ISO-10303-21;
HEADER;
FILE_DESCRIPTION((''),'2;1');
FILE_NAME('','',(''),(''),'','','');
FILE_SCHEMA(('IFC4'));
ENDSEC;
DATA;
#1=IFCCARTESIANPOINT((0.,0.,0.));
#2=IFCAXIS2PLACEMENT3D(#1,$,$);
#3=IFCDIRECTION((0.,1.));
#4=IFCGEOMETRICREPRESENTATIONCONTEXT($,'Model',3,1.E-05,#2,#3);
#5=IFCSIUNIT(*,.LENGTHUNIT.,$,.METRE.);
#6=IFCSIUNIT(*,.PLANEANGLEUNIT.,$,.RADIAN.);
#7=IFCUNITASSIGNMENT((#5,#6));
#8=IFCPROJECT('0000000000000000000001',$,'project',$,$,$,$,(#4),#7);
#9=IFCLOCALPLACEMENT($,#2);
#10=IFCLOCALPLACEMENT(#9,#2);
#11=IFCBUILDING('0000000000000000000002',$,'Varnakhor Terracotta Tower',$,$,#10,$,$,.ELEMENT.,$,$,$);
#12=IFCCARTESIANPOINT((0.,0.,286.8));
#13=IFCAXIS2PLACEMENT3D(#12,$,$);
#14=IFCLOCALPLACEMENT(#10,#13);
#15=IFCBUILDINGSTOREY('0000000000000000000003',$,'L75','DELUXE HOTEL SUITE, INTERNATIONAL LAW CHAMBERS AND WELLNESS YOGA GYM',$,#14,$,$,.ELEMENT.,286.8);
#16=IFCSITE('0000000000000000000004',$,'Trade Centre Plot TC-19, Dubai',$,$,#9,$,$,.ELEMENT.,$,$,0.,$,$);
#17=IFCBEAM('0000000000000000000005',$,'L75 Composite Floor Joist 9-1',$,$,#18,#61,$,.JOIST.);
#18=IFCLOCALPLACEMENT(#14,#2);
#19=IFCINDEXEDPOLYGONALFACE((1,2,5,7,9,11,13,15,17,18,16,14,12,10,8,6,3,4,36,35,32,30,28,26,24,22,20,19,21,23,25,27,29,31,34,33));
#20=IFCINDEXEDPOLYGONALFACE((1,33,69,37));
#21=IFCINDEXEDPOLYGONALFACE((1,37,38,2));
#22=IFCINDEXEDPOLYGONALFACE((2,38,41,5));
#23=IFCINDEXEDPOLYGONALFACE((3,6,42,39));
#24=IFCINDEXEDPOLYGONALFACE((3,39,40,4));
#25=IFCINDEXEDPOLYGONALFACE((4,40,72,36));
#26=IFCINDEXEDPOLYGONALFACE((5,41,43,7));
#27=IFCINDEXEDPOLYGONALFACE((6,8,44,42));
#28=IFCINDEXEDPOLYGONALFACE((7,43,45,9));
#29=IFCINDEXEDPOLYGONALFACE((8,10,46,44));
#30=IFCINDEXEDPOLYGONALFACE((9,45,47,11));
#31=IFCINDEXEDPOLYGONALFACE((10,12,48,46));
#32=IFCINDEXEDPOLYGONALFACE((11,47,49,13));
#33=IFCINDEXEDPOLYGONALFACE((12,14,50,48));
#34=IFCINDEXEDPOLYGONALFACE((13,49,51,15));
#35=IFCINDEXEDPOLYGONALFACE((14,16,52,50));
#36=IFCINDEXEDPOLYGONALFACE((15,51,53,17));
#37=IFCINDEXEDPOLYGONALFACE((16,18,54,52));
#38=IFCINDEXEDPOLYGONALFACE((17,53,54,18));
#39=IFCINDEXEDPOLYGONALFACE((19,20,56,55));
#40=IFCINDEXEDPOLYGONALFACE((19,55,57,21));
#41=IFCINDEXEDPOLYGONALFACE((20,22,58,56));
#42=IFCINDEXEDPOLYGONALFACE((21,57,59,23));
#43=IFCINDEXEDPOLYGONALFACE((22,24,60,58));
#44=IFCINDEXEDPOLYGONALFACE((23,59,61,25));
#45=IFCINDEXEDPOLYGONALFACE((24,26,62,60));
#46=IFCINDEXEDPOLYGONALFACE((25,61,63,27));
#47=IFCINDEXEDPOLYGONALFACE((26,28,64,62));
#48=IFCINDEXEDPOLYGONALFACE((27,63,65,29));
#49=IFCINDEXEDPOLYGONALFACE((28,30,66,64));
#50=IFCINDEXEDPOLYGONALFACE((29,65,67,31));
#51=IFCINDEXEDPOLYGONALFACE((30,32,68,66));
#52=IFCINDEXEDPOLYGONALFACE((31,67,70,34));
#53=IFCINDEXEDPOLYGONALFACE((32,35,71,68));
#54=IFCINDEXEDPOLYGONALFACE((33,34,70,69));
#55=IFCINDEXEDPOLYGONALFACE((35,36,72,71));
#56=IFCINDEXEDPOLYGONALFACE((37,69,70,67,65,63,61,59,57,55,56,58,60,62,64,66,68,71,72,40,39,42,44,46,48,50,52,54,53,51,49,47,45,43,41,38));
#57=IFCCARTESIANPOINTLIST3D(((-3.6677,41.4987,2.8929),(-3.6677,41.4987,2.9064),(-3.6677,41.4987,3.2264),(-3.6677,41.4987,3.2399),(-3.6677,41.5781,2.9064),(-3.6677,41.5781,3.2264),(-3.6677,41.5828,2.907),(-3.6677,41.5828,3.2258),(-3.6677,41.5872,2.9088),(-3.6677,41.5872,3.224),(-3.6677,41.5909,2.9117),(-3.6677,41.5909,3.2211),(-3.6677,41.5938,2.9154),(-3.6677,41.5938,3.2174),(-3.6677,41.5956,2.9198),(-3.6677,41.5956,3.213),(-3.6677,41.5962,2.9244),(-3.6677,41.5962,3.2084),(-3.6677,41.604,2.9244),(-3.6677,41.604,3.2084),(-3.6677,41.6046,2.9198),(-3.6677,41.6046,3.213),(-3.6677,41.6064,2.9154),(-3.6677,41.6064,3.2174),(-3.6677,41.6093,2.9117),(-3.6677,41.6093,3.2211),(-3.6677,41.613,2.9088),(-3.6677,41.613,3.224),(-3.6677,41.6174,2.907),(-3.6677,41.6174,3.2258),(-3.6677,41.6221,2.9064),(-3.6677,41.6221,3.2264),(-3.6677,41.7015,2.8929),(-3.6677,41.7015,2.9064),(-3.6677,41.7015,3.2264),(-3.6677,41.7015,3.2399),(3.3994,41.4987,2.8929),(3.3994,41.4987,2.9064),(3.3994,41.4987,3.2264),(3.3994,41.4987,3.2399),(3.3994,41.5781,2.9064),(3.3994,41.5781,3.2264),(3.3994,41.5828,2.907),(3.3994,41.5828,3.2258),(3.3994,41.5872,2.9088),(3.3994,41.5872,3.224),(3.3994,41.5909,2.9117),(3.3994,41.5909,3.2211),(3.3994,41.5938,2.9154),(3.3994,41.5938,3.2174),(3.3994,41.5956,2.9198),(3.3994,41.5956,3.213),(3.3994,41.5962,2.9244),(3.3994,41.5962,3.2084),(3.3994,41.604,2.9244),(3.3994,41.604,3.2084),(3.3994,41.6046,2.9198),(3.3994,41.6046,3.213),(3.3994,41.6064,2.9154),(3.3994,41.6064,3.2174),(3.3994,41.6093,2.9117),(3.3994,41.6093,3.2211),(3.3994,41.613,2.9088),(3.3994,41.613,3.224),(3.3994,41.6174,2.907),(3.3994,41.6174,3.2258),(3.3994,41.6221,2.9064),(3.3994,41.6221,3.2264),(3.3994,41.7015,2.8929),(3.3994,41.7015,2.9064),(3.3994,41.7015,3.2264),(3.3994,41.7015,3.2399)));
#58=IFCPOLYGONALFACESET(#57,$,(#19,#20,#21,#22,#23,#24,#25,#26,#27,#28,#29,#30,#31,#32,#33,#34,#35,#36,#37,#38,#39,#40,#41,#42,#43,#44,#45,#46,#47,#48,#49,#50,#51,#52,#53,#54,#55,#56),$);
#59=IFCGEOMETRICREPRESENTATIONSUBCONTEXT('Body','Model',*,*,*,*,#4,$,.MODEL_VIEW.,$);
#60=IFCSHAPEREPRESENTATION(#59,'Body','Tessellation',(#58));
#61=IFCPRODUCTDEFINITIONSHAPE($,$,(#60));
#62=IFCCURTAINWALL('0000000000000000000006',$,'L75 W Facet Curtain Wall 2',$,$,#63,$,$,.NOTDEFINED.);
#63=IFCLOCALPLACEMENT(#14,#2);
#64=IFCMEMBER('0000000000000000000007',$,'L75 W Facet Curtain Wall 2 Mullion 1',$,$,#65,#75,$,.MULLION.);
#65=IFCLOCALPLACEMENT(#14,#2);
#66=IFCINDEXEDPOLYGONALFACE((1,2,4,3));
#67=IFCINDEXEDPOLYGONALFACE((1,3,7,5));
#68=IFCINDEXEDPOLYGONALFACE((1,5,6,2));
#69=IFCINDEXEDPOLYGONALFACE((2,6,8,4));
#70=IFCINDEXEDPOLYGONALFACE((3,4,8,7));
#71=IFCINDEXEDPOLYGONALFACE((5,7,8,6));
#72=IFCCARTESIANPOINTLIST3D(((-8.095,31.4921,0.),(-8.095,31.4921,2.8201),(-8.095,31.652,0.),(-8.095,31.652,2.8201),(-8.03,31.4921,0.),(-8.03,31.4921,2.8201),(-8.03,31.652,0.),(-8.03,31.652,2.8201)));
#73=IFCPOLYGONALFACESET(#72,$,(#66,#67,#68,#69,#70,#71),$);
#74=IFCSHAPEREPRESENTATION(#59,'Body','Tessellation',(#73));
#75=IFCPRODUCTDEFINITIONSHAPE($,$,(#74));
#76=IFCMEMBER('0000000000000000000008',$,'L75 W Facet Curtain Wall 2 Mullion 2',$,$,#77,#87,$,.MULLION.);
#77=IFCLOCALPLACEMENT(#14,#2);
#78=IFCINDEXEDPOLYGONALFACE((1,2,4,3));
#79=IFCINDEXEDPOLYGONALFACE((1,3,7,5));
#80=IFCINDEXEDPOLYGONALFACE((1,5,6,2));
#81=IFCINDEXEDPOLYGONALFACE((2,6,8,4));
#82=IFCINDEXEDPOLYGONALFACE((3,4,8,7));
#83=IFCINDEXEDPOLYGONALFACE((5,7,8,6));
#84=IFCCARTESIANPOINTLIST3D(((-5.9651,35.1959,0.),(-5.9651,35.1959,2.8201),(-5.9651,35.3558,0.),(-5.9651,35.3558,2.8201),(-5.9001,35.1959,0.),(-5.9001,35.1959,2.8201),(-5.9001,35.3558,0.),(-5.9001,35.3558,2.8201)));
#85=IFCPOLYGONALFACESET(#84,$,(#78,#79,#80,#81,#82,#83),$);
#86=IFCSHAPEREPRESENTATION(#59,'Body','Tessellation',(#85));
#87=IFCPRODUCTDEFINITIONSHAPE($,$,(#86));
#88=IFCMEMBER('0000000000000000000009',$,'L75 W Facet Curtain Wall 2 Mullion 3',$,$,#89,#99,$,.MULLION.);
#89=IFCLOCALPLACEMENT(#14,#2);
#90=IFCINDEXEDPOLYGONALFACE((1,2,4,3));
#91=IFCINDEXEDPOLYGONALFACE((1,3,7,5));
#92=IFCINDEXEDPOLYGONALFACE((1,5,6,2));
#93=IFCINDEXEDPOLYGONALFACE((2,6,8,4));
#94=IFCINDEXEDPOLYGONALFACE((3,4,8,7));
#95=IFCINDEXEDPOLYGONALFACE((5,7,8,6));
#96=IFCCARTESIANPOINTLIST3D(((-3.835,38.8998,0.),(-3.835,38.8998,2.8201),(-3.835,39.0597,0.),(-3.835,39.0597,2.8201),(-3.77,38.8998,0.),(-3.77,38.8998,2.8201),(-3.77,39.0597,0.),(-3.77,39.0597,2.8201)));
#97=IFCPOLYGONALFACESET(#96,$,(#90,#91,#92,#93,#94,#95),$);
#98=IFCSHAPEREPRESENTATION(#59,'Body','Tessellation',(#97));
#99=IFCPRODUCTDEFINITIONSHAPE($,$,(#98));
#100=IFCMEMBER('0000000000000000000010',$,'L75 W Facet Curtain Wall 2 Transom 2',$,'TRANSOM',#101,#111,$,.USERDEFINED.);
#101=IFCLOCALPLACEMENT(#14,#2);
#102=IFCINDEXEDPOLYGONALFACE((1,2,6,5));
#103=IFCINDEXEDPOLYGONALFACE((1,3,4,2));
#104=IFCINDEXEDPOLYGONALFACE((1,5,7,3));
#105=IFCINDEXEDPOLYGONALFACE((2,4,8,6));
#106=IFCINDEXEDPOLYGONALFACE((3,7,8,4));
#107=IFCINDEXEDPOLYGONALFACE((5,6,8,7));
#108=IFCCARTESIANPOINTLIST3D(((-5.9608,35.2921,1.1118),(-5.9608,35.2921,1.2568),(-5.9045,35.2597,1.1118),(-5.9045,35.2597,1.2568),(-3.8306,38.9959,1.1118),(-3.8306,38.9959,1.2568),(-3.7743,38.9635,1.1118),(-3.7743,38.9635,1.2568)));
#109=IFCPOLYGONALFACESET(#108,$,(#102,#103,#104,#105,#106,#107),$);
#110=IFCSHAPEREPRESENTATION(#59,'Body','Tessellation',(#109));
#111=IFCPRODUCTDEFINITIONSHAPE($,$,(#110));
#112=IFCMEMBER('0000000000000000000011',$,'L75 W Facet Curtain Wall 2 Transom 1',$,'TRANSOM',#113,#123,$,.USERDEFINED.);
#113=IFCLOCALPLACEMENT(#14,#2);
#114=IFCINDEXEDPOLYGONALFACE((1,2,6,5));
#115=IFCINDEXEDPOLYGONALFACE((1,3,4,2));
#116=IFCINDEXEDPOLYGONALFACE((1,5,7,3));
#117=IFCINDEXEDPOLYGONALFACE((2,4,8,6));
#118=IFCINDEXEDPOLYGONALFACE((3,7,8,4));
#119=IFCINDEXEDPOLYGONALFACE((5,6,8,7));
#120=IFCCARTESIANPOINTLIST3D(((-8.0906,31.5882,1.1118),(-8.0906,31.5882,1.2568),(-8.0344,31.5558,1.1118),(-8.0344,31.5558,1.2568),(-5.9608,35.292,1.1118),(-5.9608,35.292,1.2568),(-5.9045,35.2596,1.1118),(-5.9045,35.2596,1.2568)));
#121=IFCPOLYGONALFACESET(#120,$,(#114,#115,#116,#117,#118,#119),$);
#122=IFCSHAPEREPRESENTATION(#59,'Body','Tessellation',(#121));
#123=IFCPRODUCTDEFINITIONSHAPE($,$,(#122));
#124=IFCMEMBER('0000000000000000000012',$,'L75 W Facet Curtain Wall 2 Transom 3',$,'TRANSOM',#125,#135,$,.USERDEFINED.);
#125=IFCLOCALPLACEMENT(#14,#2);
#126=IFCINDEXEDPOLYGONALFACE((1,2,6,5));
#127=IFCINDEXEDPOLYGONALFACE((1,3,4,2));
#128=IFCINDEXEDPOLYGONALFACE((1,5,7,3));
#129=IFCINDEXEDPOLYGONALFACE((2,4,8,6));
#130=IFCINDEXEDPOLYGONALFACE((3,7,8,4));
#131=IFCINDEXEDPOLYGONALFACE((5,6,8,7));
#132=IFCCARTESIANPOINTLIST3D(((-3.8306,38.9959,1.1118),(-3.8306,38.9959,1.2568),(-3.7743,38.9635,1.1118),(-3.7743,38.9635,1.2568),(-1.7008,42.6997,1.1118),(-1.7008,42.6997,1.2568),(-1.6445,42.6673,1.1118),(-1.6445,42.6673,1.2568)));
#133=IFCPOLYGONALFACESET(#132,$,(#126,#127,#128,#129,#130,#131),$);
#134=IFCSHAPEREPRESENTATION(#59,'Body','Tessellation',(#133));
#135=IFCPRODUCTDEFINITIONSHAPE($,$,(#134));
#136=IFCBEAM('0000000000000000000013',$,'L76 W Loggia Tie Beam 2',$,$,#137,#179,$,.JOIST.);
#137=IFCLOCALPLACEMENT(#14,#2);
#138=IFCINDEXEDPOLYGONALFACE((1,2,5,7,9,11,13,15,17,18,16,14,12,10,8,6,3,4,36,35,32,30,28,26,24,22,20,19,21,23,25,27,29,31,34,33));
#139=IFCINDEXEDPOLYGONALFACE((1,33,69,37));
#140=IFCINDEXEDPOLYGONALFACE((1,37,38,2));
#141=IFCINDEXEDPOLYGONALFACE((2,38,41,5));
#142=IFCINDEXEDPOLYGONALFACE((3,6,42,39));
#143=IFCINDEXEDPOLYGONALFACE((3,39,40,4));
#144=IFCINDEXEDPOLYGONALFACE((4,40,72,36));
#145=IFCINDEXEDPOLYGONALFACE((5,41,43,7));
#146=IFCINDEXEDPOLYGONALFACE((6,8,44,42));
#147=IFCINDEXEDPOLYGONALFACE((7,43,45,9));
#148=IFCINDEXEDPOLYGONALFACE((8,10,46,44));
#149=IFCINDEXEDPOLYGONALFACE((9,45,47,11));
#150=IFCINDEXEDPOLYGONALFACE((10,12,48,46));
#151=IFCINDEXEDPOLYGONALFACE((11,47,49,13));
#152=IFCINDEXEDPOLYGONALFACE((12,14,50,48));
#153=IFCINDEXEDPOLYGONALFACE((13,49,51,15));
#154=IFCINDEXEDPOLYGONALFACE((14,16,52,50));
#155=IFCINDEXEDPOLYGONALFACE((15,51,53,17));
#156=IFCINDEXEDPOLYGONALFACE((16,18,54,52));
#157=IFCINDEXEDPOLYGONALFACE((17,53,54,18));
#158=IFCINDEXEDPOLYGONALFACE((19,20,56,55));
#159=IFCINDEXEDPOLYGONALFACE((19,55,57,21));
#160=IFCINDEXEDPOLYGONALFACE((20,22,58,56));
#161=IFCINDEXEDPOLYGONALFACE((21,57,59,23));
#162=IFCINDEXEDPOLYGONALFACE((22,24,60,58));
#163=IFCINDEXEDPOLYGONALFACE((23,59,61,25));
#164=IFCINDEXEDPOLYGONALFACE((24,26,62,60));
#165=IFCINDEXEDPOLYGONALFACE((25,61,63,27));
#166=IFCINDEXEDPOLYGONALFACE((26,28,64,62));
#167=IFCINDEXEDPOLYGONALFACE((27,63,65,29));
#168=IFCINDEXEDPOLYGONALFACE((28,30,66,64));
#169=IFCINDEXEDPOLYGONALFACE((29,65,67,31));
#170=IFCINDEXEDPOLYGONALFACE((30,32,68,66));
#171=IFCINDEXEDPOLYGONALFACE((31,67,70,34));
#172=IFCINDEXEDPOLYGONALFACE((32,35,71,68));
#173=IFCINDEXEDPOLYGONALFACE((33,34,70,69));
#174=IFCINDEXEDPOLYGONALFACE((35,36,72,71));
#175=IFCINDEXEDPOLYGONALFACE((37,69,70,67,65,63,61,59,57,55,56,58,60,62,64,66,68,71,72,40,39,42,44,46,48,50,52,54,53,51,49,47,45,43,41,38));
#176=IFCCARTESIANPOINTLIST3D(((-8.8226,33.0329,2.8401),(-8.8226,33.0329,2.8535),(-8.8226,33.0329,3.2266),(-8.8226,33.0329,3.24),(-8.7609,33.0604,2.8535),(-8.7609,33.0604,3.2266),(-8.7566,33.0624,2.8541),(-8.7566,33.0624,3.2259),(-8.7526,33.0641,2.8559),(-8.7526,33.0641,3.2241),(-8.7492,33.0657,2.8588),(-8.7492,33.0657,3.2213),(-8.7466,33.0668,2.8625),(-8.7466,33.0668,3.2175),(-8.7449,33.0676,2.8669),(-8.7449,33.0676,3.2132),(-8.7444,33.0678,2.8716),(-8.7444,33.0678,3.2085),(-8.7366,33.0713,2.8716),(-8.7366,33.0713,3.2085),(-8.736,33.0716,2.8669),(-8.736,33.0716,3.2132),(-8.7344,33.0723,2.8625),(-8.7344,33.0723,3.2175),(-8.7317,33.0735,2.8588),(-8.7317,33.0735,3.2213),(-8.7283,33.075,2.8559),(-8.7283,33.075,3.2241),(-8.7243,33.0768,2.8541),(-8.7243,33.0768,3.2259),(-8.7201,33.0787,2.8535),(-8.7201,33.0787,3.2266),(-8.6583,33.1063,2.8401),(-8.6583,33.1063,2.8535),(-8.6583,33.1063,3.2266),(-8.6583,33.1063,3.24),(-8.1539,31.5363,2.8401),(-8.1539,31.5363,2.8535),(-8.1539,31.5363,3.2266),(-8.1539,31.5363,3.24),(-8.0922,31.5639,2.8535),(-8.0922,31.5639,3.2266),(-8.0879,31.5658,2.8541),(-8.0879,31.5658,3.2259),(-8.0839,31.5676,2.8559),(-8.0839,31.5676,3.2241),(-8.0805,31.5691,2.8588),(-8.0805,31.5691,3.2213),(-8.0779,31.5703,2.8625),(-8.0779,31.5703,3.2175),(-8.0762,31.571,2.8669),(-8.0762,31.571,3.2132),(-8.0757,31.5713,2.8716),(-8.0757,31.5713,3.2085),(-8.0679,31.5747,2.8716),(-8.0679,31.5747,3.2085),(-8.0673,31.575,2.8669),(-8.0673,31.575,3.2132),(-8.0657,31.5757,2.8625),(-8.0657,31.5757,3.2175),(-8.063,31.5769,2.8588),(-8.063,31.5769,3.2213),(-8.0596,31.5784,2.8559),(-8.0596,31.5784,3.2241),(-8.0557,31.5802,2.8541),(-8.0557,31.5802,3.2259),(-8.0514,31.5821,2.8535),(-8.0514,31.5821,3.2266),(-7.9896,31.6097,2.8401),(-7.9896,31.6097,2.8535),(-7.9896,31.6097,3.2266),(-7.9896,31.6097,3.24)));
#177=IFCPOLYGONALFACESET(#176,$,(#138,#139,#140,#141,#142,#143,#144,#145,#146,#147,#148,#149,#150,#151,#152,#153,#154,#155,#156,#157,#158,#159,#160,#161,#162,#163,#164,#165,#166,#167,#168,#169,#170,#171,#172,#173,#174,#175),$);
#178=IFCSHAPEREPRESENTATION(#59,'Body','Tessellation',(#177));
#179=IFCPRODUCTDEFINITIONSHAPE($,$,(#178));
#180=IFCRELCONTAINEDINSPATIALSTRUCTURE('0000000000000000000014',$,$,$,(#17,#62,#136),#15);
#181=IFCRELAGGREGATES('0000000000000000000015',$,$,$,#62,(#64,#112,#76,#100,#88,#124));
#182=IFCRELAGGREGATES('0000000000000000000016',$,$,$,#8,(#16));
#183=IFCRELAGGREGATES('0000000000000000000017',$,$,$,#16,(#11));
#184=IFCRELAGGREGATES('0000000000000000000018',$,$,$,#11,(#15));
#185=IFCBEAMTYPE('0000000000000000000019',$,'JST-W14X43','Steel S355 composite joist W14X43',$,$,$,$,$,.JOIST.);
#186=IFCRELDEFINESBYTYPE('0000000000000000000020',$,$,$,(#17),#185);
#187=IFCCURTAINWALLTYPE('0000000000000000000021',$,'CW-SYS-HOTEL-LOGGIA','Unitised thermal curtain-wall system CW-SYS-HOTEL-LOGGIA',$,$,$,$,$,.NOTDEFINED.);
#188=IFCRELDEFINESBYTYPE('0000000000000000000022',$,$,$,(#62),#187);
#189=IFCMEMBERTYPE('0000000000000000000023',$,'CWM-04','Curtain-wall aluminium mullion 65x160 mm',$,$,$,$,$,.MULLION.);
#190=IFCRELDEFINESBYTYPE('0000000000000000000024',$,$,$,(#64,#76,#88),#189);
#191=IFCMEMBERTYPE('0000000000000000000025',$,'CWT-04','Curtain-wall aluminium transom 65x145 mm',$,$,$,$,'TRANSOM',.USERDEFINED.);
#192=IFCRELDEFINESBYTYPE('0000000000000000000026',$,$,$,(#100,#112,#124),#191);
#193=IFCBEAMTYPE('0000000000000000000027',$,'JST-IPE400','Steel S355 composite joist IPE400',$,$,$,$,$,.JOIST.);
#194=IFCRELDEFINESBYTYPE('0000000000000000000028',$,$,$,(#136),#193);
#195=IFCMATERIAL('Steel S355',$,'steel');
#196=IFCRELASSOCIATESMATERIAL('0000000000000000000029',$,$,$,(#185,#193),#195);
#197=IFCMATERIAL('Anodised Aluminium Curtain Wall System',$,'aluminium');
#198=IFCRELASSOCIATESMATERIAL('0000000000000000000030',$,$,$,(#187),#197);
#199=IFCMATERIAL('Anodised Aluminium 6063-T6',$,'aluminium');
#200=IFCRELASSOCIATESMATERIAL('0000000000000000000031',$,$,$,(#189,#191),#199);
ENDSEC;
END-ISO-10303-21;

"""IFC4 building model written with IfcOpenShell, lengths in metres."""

from ifc_helpers import new_model, si_unit, direction, frame, origin, origin_2d, place, context, subcontext, project, spatial, rectangle, i_section, extrude, source, transform, mapped, material, material_profile, profile_set, type_object, type_shapes, element, aggregate, save


model = new_model("IFC4")

# Units and contexts
model_context = context("Model", 3, precision=1e-05, world=origin(), true_north=direction((0.0, 1.0)))
body_context = subcontext(model_context, "Body", "Model", "MODEL_VIEW")
ifc_project = project(units=[si_unit("LENGTHUNIT", "METRE"), si_unit("PLANEANGLEUNIT", "RADIAN")], contexts=[model_context])

# Site, building, storey
site_placement = place(None, origin())
site = spatial("IfcSite", under=ifc_project, at=site_placement, Name="Trade Centre Plot TC-19, Dubai", CompositionType="ELEMENT", RefElevation=0.0)
building_placement = place(site_placement, origin())
building = spatial("IfcBuilding", under=site, at=building_placement, Name="Varnakhor Terracotta Tower", CompositionType="ELEMENT")
storey_placement = place(building_placement, frame((0.0, 0.0, 286.8)))
storey = spatial("IfcBuildingStorey", under=building, at=storey_placement, Name="L75", Description="DELUXE HOTEL SUITE, INTERNATIONAL LAW CHAMBERS AND WELLNESS YOGA GYM", CompositionType="ELEMENT", Elevation=286.8)

# Beam
ifc_material_1 = material(Name="Steel S355", Category="steel")
ifc_material_profile_1 = material_profile(ifc_material_1, i_section(OverallWidth=0.2029, OverallDepth=0.3469, WebThickness=0.0078, FlangeThickness=0.0134, FilletRadius=0.0181, at=origin_2d()), Name="W14X43")
ifc_profile_set_1 = profile_set([ifc_material_profile_1], Name="Steel S355")
beam_type_1 = type_object("IfcBeamType", Name="JST-W14X43", Description="Steel S355 composite joist W14X43", PredefinedType="JOIST", material=ifc_profile_set_1)
ifc_material_profile_2 = material_profile(ifc_material_1, i_section(OverallWidth=0.1799, OverallDepth=0.3999, WebThickness=0.0085, FlangeThickness=0.0134, FilletRadius=0.0181, at=origin_2d()), Name="IPE400")
ifc_profile_set_2 = profile_set([ifc_material_profile_2], Name="Steel S355")
beam_type_2 = type_object("IfcBeamType", Name="JST-IPE400", Description="Steel S355 composite joist IPE400", PredefinedType="JOIST", material=ifc_profile_set_2)
shared_shape_1 = source(origin(), body_context, "Body", "SweptSolid", [
    extrude(i_section(OverallWidth=0.2029, OverallDepth=0.3469, WebThickness=0.0078, FlangeThickness=0.0134, FilletRadius=0.0181, at=origin_2d()), origin(), (0.0, 0.0, 1.0), 7.0671),
])
beam_1_placement = place(storey_placement, frame((-3.6677, 41.6001, 3.0664), z_axis=(1.0, 0.0, 0.0), x_axis=(0.0, 1.0, 0.0)))
element("IfcBeam", 1, at=beam_1_placement, inside=storey, type_object=beam_type_1, Name="L75 Composite Floor Joist 9-1", PredefinedType="JOIST", context=body_context, shape_type="MappedRepresentation", body=[
    mapped(shared_shape_1, transform((0.0, 0.0, 0.0), scale=1.0)),
])

# Curtain wall, members
ifc_material_2 = material(Name="Anodised Aluminium Curtain Wall System", Category="aluminium")
curtain_wall_type = type_object("IfcCurtainWallType", Name="CW-SYS-HOTEL-LOGGIA", Description="Unitised thermal curtain-wall system CW-SYS-HOTEL-LOGGIA", PredefinedType="NOTDEFINED", material=ifc_material_2)
curtain_wall_placement = place(storey_placement, origin())
curtain_wall = element("IfcCurtainWall", 2, at=curtain_wall_placement, inside=storey, type_object=curtain_wall_type, Name="L75 W Facet Curtain Wall 2", PredefinedType="NOTDEFINED")
ifc_material_3 = material(Name="Anodised Aluminium 6063-T6", Category="aluminium")
ifc_material_profile_3 = material_profile(ifc_material_3, rectangle(XDim=0.0649, YDim=0.1599, at=origin_2d()), Name="ALU MULLION 65x160")
ifc_profile_set_3 = profile_set([ifc_material_profile_3], Name="Anodised Aluminium 6063-T6")
member_type_1 = type_object("IfcMemberType", Name="CWM-04", Description="Curtain-wall aluminium mullion 65x160 mm", PredefinedType="MULLION", material=ifc_profile_set_3)
shared_shape_2 = source(origin(), body_context, "Body", "SweptSolid", [
    extrude(rectangle(XDim=0.0649, YDim=0.1599, at=origin_2d()), origin(), (0.0, 0.0, 1.0), 2.8201),
])
type_shapes(member_type_1, [shared_shape_2])
member_1_placement = place(storey_placement, frame((-8.0625, 31.572, 0.0), z_axis=(0.0, 0.0, 1.0), x_axis=(1.0, 0.0, 0.0)))
member_1 = element("IfcMember", 3, at=member_1_placement, type_object=member_type_1, Name="L75 W Facet Curtain Wall 2 Mullion 1", PredefinedType="MULLION", context=body_context, shape_type="MappedRepresentation", body=[
    mapped(shared_shape_2, transform((0.0, 0.0, 0.0), scale=1.0)),
])
member_2_placement = place(storey_placement, frame((-5.9326, 35.2759, 0.0), z_axis=(0.0, 0.0, 1.0), x_axis=(1.0, 0.0, 0.0)))
member_2 = element("IfcMember", 4, at=member_2_placement, type_object=member_type_1, Name="L75 W Facet Curtain Wall 2 Mullion 2", PredefinedType="MULLION", context=body_context, shape_type="MappedRepresentation", body=[
    mapped(shared_shape_2, transform((0.0, 0.0, 0.0), scale=1.0)),
])
member_3_placement = place(storey_placement, frame((-3.8025, 38.9797, 0.0), z_axis=(0.0, 0.0, 1.0), x_axis=(1.0, 0.0, 0.0)))
member_3 = element("IfcMember", 5, at=member_3_placement, type_object=member_type_1, Name="L75 W Facet Curtain Wall 2 Mullion 3", PredefinedType="MULLION", context=body_context, shape_type="MappedRepresentation", body=[
    mapped(shared_shape_2, transform((0.0, 0.0, 0.0), scale=1.0)),
])
ifc_material_profile_4 = material_profile(ifc_material_3, rectangle(XDim=0.0649, YDim=0.145, at=origin_2d()), Name="ALU TRANSOM 65x145")
ifc_profile_set_4 = profile_set([ifc_material_profile_4], Name="Anodised Aluminium 6063-T6")
member_type_2 = type_object("IfcMemberType", Name="CWT-04", Description="Curtain-wall aluminium transom 65x145 mm", ElementType="TRANSOM", PredefinedType="USERDEFINED", material=ifc_profile_set_4)
shared_shape_3 = source(origin(), body_context, "Body", "SweptSolid", [
    extrude(rectangle(XDim=0.0649, YDim=0.145, at=origin_2d()), origin(), (0.0, 0.0, 1.0), 4.2727),
])
member_4_placement = place(storey_placement, frame((-5.9326, 35.2759, 1.1843), z_axis=(0.498543, 0.866865, 0.0), x_axis=(-0.866865, 0.498543, 0.0)))
member_4 = element("IfcMember", 6, at=member_4_placement, type_object=member_type_2, Name="L75 W Facet Curtain Wall 2 Transom 2", ObjectType="TRANSOM", PredefinedType="USERDEFINED", context=body_context, shape_type="MappedRepresentation", body=[
    mapped(shared_shape_3, transform((0.0, 0.0, 0.0), scale=1.0)),
])
shared_shape_4 = source(origin(), body_context, "Body", "SweptSolid", [
    extrude(rectangle(XDim=0.0649, YDim=0.145, at=origin_2d()), origin(), (0.0, 0.0, 1.0), 4.2725),
])
member_5_placement = place(storey_placement, frame((-8.0625, 31.572, 1.1843), z_axis=(0.4985, 0.86689, 0.0), x_axis=(-0.86689, 0.4985, 0.0)))
member_5 = element("IfcMember", 7, at=member_5_placement, type_object=member_type_2, Name="L75 W Facet Curtain Wall 2 Transom 1", ObjectType="TRANSOM", PredefinedType="USERDEFINED", context=body_context, shape_type="MappedRepresentation", body=[
    mapped(shared_shape_4, transform((0.0, 0.0, 0.0), scale=1.0)),
])
member_6_placement = place(storey_placement, frame((-3.8025, 38.9797, 1.1843), z_axis=(0.4985, 0.86689, 0.0), x_axis=(-0.86689, 0.4985, 0.0)))
member_6 = element("IfcMember", 8, at=member_6_placement, type_object=member_type_2, Name="L75 W Facet Curtain Wall 2 Transom 3", ObjectType="TRANSOM", PredefinedType="USERDEFINED", context=body_context, shape_type="MappedRepresentation", body=[
    mapped(shared_shape_4, transform((0.0, 0.0, 0.0), scale=1.0)),
])

# Beam
shared_shape_5 = source(origin(), body_context, "Body", "SweptSolid", [
    extrude(i_section(OverallWidth=0.1799, OverallDepth=0.3999, WebThickness=0.0085, FlangeThickness=0.0134, FilletRadius=0.0181, at=origin_2d()), origin(), (0.0, 0.0, 1.0), 1.6392),
])
beam_2_placement = place(storey_placement, frame((-8.0718, 31.573, 3.04), z_axis=(-0.407948, 0.913005, 0.0), x_axis=(-0.913005, -0.407948, 0.0)))
element("IfcBeam", 9, at=beam_2_placement, inside=storey, type_object=beam_type_2, Name="L76 W Loggia Tie Beam 2", PredefinedType="JOIST", context=body_context, shape_type="MappedRepresentation", body=[
    mapped(shared_shape_5, transform((0.0, 0.0, 0.0), scale=1.0)),
])

aggregate(curtain_wall, [member_1, member_5, member_2, member_4, member_3, member_6])

save(model, "model.ifc")
